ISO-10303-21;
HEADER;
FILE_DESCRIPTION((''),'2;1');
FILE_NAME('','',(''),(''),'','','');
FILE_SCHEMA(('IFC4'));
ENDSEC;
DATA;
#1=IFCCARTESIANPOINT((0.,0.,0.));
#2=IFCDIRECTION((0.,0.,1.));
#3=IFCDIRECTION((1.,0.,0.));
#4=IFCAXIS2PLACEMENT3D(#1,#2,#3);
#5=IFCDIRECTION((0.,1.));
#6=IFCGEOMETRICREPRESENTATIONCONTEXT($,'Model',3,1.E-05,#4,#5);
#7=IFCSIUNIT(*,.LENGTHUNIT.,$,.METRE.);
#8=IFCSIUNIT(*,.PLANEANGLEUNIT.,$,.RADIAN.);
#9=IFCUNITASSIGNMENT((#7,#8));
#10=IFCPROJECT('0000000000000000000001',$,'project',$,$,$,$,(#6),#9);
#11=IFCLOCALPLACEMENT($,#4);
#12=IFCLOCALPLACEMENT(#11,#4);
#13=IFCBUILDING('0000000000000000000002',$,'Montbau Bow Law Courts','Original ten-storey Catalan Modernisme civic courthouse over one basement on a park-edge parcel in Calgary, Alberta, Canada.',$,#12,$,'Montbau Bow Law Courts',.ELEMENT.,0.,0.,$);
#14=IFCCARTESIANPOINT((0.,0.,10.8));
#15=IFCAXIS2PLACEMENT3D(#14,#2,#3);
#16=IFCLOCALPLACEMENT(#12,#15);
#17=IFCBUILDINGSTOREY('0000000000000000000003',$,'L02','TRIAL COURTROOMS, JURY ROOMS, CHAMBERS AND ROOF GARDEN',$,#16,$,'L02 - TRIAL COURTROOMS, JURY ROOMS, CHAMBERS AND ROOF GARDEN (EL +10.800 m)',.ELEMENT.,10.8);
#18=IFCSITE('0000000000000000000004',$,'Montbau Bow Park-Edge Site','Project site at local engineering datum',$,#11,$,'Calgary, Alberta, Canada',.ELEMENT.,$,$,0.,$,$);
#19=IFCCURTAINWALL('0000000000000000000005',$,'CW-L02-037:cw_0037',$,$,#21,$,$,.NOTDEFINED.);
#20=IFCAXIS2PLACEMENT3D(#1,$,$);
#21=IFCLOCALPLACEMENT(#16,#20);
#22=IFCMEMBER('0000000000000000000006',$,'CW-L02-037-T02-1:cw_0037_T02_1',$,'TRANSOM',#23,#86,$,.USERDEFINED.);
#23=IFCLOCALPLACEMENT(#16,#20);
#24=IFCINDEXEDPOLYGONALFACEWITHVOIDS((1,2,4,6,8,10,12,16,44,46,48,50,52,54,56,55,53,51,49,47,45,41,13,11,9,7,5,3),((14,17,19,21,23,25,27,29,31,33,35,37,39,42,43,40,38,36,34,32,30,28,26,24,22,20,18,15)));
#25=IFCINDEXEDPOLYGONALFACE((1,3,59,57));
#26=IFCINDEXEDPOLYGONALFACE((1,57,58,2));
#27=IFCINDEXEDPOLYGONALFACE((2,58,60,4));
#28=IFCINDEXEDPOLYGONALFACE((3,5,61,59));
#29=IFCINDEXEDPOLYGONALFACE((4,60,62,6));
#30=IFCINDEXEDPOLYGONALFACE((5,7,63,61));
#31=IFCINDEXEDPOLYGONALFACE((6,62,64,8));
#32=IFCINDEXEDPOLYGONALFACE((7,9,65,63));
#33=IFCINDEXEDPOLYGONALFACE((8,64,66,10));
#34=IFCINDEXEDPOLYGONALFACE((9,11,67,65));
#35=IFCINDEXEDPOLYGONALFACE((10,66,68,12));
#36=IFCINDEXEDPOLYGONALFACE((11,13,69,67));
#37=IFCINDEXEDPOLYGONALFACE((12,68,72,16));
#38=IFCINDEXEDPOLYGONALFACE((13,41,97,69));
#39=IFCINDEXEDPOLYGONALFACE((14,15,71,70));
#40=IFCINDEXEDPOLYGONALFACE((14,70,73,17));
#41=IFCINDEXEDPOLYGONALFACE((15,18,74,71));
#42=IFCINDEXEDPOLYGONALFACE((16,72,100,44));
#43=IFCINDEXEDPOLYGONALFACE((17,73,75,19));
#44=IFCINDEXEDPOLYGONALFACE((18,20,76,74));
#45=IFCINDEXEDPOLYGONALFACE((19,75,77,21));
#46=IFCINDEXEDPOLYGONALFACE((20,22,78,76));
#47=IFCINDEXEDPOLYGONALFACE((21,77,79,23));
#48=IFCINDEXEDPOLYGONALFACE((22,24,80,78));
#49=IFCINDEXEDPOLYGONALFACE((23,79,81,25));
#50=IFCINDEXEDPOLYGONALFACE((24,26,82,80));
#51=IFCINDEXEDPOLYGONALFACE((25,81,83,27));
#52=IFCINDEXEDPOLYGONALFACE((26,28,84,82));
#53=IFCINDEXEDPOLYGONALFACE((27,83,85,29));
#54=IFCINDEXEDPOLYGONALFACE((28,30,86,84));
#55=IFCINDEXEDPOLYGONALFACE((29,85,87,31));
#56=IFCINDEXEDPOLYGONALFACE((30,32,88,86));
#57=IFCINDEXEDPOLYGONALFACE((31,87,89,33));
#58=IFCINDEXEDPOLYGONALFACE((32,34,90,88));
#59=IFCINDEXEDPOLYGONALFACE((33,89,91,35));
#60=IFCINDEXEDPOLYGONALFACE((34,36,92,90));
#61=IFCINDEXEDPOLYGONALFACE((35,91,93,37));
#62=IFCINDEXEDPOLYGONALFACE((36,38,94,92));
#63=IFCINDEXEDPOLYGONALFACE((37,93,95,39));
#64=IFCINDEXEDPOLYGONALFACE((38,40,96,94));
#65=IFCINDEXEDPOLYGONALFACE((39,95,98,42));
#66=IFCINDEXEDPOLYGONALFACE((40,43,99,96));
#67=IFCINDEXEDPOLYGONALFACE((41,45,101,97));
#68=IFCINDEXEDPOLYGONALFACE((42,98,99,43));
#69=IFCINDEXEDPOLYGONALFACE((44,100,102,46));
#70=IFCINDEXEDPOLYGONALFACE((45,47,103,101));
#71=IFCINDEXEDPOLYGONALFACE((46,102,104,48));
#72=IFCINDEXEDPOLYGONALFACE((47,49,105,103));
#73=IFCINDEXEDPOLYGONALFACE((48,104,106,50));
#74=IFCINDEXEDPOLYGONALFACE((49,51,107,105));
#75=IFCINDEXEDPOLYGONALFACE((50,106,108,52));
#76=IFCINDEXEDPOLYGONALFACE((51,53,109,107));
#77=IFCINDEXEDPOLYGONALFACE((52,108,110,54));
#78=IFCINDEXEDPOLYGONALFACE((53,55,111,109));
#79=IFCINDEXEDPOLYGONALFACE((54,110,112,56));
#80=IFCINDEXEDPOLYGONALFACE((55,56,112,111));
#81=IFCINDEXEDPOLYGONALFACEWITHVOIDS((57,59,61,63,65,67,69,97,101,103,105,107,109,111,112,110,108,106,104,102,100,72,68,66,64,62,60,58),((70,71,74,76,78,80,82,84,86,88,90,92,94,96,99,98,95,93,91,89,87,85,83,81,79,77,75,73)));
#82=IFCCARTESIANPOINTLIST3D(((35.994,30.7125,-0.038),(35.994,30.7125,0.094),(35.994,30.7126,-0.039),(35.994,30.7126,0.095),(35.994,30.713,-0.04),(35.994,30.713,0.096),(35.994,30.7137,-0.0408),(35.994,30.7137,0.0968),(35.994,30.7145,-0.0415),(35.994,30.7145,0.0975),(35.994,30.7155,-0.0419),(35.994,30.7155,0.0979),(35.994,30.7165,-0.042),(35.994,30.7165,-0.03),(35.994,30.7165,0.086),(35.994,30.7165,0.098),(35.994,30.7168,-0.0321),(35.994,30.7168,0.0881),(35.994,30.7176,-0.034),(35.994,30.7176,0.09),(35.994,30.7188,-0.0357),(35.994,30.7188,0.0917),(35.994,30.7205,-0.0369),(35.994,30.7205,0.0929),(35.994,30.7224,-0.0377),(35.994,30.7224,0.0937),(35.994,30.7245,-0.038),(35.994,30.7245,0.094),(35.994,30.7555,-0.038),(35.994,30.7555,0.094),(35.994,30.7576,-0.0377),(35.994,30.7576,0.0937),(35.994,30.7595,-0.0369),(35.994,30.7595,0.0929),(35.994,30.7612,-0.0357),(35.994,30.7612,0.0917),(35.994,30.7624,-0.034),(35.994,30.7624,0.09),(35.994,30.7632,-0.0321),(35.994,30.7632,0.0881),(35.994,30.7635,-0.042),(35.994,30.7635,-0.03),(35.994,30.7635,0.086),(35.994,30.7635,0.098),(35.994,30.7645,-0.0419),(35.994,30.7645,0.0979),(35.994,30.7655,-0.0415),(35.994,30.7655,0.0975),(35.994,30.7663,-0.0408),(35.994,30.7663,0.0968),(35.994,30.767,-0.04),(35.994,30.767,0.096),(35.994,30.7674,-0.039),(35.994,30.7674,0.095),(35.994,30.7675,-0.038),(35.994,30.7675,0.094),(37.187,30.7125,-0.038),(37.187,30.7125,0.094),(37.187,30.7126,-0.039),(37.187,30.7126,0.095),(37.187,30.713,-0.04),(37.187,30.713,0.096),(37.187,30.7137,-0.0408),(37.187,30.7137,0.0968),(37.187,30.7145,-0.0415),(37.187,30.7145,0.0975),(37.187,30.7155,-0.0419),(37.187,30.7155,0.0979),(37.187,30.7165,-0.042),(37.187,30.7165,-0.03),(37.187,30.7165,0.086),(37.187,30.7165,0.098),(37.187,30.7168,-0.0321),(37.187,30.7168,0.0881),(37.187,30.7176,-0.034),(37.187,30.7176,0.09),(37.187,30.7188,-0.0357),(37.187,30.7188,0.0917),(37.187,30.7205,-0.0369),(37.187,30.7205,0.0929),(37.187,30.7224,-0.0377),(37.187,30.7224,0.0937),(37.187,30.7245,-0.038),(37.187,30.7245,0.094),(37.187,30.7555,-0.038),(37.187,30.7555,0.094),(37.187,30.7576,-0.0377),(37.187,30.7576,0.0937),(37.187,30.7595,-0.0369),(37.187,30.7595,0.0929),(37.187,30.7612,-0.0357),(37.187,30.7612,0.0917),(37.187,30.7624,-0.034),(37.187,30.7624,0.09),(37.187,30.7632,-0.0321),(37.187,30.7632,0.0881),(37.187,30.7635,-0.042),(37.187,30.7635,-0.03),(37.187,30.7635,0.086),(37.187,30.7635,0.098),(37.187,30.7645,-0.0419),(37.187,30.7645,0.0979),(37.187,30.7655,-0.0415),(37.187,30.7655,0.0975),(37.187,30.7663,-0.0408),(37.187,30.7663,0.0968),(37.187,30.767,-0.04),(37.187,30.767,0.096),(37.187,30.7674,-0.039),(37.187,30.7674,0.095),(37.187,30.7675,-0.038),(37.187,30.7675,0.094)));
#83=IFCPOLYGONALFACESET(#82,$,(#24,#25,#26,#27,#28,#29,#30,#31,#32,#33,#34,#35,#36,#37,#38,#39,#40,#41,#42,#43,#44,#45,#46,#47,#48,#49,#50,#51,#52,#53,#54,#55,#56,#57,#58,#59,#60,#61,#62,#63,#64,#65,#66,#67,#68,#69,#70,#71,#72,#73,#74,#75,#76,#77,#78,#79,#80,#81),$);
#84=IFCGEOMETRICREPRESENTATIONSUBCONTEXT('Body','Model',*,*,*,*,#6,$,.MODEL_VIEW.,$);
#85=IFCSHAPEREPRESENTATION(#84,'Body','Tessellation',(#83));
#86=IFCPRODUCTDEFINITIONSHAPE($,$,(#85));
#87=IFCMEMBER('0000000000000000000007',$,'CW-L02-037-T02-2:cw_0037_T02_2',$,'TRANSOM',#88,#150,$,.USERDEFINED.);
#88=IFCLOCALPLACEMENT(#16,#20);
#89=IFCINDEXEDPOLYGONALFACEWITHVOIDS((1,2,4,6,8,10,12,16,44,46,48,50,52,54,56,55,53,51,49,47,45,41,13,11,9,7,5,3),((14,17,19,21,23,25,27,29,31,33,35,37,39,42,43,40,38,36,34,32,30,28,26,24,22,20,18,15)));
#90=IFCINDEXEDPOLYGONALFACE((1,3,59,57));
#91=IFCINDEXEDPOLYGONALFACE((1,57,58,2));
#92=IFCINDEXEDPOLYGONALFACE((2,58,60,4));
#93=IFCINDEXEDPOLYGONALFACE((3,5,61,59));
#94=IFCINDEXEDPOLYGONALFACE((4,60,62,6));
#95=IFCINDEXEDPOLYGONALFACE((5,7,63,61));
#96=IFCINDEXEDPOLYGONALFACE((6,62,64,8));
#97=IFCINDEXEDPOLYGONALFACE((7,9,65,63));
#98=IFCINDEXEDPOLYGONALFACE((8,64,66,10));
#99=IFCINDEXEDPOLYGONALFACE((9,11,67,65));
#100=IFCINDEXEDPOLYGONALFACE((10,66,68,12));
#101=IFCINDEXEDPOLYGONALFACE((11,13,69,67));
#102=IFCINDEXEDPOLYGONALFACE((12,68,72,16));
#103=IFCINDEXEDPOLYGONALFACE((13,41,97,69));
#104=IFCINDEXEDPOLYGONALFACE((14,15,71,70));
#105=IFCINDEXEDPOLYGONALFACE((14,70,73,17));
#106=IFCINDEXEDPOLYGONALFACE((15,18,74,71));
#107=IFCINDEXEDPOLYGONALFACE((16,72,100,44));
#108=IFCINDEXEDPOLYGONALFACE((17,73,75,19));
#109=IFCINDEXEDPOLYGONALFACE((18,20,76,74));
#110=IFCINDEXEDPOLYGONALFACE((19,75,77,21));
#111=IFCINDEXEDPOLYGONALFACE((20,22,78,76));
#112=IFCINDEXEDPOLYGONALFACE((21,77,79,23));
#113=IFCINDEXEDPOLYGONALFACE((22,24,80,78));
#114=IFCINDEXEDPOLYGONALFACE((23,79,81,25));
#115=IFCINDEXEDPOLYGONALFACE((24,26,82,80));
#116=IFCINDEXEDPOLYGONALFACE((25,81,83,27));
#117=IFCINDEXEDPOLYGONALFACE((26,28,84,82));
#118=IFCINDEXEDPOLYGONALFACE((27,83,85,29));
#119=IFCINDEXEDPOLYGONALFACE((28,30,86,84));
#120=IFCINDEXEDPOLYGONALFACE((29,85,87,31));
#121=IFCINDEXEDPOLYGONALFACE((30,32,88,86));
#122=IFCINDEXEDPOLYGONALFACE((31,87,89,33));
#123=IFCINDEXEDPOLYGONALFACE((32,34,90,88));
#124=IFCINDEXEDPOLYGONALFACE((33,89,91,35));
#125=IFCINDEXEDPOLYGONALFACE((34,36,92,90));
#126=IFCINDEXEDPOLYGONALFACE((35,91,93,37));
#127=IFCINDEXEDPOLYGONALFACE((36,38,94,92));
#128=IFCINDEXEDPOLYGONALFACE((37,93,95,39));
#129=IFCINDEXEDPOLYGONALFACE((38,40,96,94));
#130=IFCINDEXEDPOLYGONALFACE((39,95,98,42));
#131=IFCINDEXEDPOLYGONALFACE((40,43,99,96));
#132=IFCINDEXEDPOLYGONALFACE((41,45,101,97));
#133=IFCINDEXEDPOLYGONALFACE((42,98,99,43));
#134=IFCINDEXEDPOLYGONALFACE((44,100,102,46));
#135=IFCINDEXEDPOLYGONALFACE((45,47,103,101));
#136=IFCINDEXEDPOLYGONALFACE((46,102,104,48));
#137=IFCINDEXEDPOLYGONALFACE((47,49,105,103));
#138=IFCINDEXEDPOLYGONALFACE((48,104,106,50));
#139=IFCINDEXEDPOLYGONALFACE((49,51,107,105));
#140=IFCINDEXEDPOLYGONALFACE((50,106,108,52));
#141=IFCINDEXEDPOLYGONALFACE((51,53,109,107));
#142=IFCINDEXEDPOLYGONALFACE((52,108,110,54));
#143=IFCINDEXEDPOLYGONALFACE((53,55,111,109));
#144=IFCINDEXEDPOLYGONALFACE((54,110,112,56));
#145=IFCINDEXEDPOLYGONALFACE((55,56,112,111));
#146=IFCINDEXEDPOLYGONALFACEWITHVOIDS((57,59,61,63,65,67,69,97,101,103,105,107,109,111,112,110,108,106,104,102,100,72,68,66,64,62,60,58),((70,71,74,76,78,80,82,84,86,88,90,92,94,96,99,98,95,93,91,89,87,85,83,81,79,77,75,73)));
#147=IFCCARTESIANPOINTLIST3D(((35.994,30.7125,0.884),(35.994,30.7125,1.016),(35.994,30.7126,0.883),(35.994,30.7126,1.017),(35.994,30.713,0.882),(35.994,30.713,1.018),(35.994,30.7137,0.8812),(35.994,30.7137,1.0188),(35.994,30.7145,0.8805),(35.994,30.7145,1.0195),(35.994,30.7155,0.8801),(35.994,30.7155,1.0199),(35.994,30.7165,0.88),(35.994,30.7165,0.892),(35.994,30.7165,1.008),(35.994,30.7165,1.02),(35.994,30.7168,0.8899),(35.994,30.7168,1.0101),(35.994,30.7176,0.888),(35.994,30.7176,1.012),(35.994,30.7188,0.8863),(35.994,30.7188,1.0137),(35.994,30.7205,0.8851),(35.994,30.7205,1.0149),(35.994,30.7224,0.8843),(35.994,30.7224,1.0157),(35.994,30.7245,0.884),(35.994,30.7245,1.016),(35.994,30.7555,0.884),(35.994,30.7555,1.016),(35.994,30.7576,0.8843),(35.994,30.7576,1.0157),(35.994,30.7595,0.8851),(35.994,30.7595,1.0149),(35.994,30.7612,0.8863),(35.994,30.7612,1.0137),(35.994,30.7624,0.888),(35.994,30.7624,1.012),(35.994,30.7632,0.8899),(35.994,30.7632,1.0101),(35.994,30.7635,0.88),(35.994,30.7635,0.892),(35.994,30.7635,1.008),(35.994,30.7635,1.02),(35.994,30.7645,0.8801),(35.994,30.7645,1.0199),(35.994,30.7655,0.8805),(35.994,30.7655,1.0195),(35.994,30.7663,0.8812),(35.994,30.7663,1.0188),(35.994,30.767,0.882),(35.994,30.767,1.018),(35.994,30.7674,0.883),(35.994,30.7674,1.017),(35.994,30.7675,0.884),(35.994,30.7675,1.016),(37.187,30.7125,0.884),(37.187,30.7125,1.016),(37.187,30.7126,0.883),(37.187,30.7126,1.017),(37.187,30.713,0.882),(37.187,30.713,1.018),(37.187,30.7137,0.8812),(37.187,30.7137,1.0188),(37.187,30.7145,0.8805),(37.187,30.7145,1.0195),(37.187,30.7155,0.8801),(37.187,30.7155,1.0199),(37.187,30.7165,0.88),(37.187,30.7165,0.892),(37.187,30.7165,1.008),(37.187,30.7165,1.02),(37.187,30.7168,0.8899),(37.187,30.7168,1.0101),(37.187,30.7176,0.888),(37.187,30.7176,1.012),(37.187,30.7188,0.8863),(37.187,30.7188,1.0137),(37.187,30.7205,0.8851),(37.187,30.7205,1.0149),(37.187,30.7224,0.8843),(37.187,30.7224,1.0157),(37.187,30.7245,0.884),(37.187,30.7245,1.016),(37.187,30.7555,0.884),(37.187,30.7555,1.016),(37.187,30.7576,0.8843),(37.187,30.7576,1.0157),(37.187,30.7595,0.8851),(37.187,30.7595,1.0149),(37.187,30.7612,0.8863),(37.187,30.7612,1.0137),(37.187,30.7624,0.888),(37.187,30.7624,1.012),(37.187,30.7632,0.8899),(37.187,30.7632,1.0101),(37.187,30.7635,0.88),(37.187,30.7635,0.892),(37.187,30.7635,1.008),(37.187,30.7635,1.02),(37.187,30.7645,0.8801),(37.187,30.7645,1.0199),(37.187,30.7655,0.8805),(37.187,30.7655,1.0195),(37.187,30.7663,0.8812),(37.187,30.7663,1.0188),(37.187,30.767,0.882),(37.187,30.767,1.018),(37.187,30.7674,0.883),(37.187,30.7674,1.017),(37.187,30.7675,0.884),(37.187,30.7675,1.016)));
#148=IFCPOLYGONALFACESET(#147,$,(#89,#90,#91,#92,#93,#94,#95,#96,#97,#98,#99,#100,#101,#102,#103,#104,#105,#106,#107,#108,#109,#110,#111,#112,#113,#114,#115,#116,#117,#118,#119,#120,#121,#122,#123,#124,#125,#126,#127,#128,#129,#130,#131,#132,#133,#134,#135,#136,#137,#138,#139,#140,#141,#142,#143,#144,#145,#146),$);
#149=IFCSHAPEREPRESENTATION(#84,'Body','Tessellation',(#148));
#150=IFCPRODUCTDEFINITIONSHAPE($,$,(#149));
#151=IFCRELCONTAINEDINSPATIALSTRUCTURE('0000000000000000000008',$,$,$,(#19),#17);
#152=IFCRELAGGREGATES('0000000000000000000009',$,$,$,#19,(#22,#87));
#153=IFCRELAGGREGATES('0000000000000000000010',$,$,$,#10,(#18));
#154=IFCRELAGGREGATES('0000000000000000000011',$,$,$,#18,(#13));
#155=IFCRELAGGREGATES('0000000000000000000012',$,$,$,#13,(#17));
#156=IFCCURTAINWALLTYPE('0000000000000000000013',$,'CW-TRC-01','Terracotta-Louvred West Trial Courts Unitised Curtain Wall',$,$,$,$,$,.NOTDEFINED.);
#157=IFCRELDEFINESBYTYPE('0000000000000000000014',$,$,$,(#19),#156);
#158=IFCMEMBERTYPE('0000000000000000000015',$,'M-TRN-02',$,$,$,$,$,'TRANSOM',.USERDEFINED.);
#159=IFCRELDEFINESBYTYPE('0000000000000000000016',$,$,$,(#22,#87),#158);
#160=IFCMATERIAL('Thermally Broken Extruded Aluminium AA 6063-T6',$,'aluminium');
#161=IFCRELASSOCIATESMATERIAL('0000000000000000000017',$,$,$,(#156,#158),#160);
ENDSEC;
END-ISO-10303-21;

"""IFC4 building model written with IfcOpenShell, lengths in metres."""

from ifc_helpers import new_model, si_unit, direction, frame, origin_with_axes, origin_2d_with_axis, place, context, subcontext, project, spatial, hollow_rectangle, extrude, material, material_profile, profile_set, type_object, element, aggregate, save


model = new_model("IFC4")

# Units and contexts
model_context = context("Model", 3, precision=1e-05, world=origin_with_axes(), true_north=direction((0.0, 1.0)))
body_context = subcontext(model_context, "Body", "Model", "MODEL_VIEW")
ifc_project = project(units=[si_unit("LENGTHUNIT", "METRE"), si_unit("PLANEANGLEUNIT", "RADIAN")], contexts=[model_context])

# Site, building, storey
site_placement = place(None, origin_with_axes())
site = spatial("IfcSite", under=ifc_project, at=site_placement, Name="Montbau Bow Park-Edge Site", Description="Project site at local engineering datum", LongName="Calgary, Alberta, Canada", CompositionType="ELEMENT", RefElevation=0.0)
building_placement = place(site_placement, origin_with_axes())
building = spatial("IfcBuilding", under=site, at=building_placement, Name="Montbau Bow Law Courts", Description="Original ten-storey Catalan Modernisme civic courthouse over one basement on a park-edge parcel in Calgary, Alberta, Canada.", LongName="Montbau Bow Law Courts", CompositionType="ELEMENT", ElevationOfRefHeight=0.0, ElevationOfTerrain=0.0)
storey_placement = place(building_placement, frame((0.0, 0.0, 10.8), z_axis=(0.0, 0.0, 1.0), x_axis=(1.0, 0.0, 0.0)))
storey = spatial("IfcBuildingStorey", under=building, at=storey_placement, Name="L02", Description="TRIAL COURTROOMS, JURY ROOMS, CHAMBERS AND ROOF GARDEN", LongName="L02 - TRIAL COURTROOMS, JURY ROOMS, CHAMBERS AND ROOF GARDEN (EL +10.800 m)", CompositionType="ELEMENT", Elevation=10.8)

# Curtain wall
ifc_material_1 = material(Name="Thermally Broken Extruded Aluminium AA 6063-T6", Category="aluminium")
curtain_wall_type = type_object("IfcCurtainWallType", Name="CW-TRC-01", Description="Terracotta-Louvred West Trial Courts Unitised Curtain Wall", PredefinedType="NOTDEFINED", material=ifc_material_1)
curtain_wall_1_placement = place(None, frame((34.697, 30.74, 10.8), z_axis=(0.0, 0.0, 1.0), x_axis=(1.0, 0.0, 0.0)))
curtain_wall_1 = element("IfcCurtainWall", 1, at=curtain_wall_1_placement, inside=storey, type_object=curtain_wall_type, Name="CW-L02-037:cw_0037", PredefinedType="NOTDEFINED")

# Members
ifc_material_profile_1 = material_profile(ifc_material_1, hollow_rectangle(XDim=0.055, YDim=0.14, WallThickness=0.004, InnerFilletRadius=0.008, OuterFilletRadius=0.004, at=origin_2d_with_axis()), Name="CWT-140X55", Category="Main", Priority=0)
ifc_profile_set_1 = profile_set([ifc_material_profile_1], Name="Thermally Broken Extruded Aluminium AA 6063-T6")
member_type_1 = type_object("IfcMemberType", Name="M-TRN-02", ElementType="TRANSOM", PredefinedType="USERDEFINED", material=ifc_profile_set_1)
member_1_placement = place(None, frame((35.994, 30.74, 10.828), z_axis=(1.0, 0.0, 0.0), x_axis=(0.0, 1.0, 0.0)))
member_1 = element("IfcMember", 2, at=member_1_placement, type_object=member_type_1, Name="CW-L02-037-T02-1:cw_0037_T02_1", ObjectType="TRANSOM", PredefinedType="USERDEFINED", context=body_context, shape_type="SweptSolid", body=[
    extrude(hollow_rectangle(XDim=0.055, YDim=0.14, WallThickness=0.004, InnerFilletRadius=0.008, OuterFilletRadius=0.004, at=origin_2d_with_axis()), origin_with_axes(), (0.0, 0.0, 1.0), 1.193),
])
member_2_placement = place(None, frame((35.994, 30.74, 11.75), z_axis=(1.0, 0.0, 0.0), x_axis=(0.0, 1.0, 0.0)))
member_2 = element("IfcMember", 3, at=member_2_placement, type_object=member_type_1, Name="CW-L02-037-T02-2:cw_0037_T02_2", ObjectType="TRANSOM", PredefinedType="USERDEFINED", context=body_context, shape_type="SweptSolid", body=[
    extrude(hollow_rectangle(XDim=0.055, YDim=0.14, WallThickness=0.004, InnerFilletRadius=0.008, OuterFilletRadius=0.004, at=origin_2d_with_axis()), origin_with_axes(), (0.0, 0.0, 1.0), 1.193),
])

aggregate(curtain_wall_1, [member_1, member_2])

save(model, "model.ifc")
